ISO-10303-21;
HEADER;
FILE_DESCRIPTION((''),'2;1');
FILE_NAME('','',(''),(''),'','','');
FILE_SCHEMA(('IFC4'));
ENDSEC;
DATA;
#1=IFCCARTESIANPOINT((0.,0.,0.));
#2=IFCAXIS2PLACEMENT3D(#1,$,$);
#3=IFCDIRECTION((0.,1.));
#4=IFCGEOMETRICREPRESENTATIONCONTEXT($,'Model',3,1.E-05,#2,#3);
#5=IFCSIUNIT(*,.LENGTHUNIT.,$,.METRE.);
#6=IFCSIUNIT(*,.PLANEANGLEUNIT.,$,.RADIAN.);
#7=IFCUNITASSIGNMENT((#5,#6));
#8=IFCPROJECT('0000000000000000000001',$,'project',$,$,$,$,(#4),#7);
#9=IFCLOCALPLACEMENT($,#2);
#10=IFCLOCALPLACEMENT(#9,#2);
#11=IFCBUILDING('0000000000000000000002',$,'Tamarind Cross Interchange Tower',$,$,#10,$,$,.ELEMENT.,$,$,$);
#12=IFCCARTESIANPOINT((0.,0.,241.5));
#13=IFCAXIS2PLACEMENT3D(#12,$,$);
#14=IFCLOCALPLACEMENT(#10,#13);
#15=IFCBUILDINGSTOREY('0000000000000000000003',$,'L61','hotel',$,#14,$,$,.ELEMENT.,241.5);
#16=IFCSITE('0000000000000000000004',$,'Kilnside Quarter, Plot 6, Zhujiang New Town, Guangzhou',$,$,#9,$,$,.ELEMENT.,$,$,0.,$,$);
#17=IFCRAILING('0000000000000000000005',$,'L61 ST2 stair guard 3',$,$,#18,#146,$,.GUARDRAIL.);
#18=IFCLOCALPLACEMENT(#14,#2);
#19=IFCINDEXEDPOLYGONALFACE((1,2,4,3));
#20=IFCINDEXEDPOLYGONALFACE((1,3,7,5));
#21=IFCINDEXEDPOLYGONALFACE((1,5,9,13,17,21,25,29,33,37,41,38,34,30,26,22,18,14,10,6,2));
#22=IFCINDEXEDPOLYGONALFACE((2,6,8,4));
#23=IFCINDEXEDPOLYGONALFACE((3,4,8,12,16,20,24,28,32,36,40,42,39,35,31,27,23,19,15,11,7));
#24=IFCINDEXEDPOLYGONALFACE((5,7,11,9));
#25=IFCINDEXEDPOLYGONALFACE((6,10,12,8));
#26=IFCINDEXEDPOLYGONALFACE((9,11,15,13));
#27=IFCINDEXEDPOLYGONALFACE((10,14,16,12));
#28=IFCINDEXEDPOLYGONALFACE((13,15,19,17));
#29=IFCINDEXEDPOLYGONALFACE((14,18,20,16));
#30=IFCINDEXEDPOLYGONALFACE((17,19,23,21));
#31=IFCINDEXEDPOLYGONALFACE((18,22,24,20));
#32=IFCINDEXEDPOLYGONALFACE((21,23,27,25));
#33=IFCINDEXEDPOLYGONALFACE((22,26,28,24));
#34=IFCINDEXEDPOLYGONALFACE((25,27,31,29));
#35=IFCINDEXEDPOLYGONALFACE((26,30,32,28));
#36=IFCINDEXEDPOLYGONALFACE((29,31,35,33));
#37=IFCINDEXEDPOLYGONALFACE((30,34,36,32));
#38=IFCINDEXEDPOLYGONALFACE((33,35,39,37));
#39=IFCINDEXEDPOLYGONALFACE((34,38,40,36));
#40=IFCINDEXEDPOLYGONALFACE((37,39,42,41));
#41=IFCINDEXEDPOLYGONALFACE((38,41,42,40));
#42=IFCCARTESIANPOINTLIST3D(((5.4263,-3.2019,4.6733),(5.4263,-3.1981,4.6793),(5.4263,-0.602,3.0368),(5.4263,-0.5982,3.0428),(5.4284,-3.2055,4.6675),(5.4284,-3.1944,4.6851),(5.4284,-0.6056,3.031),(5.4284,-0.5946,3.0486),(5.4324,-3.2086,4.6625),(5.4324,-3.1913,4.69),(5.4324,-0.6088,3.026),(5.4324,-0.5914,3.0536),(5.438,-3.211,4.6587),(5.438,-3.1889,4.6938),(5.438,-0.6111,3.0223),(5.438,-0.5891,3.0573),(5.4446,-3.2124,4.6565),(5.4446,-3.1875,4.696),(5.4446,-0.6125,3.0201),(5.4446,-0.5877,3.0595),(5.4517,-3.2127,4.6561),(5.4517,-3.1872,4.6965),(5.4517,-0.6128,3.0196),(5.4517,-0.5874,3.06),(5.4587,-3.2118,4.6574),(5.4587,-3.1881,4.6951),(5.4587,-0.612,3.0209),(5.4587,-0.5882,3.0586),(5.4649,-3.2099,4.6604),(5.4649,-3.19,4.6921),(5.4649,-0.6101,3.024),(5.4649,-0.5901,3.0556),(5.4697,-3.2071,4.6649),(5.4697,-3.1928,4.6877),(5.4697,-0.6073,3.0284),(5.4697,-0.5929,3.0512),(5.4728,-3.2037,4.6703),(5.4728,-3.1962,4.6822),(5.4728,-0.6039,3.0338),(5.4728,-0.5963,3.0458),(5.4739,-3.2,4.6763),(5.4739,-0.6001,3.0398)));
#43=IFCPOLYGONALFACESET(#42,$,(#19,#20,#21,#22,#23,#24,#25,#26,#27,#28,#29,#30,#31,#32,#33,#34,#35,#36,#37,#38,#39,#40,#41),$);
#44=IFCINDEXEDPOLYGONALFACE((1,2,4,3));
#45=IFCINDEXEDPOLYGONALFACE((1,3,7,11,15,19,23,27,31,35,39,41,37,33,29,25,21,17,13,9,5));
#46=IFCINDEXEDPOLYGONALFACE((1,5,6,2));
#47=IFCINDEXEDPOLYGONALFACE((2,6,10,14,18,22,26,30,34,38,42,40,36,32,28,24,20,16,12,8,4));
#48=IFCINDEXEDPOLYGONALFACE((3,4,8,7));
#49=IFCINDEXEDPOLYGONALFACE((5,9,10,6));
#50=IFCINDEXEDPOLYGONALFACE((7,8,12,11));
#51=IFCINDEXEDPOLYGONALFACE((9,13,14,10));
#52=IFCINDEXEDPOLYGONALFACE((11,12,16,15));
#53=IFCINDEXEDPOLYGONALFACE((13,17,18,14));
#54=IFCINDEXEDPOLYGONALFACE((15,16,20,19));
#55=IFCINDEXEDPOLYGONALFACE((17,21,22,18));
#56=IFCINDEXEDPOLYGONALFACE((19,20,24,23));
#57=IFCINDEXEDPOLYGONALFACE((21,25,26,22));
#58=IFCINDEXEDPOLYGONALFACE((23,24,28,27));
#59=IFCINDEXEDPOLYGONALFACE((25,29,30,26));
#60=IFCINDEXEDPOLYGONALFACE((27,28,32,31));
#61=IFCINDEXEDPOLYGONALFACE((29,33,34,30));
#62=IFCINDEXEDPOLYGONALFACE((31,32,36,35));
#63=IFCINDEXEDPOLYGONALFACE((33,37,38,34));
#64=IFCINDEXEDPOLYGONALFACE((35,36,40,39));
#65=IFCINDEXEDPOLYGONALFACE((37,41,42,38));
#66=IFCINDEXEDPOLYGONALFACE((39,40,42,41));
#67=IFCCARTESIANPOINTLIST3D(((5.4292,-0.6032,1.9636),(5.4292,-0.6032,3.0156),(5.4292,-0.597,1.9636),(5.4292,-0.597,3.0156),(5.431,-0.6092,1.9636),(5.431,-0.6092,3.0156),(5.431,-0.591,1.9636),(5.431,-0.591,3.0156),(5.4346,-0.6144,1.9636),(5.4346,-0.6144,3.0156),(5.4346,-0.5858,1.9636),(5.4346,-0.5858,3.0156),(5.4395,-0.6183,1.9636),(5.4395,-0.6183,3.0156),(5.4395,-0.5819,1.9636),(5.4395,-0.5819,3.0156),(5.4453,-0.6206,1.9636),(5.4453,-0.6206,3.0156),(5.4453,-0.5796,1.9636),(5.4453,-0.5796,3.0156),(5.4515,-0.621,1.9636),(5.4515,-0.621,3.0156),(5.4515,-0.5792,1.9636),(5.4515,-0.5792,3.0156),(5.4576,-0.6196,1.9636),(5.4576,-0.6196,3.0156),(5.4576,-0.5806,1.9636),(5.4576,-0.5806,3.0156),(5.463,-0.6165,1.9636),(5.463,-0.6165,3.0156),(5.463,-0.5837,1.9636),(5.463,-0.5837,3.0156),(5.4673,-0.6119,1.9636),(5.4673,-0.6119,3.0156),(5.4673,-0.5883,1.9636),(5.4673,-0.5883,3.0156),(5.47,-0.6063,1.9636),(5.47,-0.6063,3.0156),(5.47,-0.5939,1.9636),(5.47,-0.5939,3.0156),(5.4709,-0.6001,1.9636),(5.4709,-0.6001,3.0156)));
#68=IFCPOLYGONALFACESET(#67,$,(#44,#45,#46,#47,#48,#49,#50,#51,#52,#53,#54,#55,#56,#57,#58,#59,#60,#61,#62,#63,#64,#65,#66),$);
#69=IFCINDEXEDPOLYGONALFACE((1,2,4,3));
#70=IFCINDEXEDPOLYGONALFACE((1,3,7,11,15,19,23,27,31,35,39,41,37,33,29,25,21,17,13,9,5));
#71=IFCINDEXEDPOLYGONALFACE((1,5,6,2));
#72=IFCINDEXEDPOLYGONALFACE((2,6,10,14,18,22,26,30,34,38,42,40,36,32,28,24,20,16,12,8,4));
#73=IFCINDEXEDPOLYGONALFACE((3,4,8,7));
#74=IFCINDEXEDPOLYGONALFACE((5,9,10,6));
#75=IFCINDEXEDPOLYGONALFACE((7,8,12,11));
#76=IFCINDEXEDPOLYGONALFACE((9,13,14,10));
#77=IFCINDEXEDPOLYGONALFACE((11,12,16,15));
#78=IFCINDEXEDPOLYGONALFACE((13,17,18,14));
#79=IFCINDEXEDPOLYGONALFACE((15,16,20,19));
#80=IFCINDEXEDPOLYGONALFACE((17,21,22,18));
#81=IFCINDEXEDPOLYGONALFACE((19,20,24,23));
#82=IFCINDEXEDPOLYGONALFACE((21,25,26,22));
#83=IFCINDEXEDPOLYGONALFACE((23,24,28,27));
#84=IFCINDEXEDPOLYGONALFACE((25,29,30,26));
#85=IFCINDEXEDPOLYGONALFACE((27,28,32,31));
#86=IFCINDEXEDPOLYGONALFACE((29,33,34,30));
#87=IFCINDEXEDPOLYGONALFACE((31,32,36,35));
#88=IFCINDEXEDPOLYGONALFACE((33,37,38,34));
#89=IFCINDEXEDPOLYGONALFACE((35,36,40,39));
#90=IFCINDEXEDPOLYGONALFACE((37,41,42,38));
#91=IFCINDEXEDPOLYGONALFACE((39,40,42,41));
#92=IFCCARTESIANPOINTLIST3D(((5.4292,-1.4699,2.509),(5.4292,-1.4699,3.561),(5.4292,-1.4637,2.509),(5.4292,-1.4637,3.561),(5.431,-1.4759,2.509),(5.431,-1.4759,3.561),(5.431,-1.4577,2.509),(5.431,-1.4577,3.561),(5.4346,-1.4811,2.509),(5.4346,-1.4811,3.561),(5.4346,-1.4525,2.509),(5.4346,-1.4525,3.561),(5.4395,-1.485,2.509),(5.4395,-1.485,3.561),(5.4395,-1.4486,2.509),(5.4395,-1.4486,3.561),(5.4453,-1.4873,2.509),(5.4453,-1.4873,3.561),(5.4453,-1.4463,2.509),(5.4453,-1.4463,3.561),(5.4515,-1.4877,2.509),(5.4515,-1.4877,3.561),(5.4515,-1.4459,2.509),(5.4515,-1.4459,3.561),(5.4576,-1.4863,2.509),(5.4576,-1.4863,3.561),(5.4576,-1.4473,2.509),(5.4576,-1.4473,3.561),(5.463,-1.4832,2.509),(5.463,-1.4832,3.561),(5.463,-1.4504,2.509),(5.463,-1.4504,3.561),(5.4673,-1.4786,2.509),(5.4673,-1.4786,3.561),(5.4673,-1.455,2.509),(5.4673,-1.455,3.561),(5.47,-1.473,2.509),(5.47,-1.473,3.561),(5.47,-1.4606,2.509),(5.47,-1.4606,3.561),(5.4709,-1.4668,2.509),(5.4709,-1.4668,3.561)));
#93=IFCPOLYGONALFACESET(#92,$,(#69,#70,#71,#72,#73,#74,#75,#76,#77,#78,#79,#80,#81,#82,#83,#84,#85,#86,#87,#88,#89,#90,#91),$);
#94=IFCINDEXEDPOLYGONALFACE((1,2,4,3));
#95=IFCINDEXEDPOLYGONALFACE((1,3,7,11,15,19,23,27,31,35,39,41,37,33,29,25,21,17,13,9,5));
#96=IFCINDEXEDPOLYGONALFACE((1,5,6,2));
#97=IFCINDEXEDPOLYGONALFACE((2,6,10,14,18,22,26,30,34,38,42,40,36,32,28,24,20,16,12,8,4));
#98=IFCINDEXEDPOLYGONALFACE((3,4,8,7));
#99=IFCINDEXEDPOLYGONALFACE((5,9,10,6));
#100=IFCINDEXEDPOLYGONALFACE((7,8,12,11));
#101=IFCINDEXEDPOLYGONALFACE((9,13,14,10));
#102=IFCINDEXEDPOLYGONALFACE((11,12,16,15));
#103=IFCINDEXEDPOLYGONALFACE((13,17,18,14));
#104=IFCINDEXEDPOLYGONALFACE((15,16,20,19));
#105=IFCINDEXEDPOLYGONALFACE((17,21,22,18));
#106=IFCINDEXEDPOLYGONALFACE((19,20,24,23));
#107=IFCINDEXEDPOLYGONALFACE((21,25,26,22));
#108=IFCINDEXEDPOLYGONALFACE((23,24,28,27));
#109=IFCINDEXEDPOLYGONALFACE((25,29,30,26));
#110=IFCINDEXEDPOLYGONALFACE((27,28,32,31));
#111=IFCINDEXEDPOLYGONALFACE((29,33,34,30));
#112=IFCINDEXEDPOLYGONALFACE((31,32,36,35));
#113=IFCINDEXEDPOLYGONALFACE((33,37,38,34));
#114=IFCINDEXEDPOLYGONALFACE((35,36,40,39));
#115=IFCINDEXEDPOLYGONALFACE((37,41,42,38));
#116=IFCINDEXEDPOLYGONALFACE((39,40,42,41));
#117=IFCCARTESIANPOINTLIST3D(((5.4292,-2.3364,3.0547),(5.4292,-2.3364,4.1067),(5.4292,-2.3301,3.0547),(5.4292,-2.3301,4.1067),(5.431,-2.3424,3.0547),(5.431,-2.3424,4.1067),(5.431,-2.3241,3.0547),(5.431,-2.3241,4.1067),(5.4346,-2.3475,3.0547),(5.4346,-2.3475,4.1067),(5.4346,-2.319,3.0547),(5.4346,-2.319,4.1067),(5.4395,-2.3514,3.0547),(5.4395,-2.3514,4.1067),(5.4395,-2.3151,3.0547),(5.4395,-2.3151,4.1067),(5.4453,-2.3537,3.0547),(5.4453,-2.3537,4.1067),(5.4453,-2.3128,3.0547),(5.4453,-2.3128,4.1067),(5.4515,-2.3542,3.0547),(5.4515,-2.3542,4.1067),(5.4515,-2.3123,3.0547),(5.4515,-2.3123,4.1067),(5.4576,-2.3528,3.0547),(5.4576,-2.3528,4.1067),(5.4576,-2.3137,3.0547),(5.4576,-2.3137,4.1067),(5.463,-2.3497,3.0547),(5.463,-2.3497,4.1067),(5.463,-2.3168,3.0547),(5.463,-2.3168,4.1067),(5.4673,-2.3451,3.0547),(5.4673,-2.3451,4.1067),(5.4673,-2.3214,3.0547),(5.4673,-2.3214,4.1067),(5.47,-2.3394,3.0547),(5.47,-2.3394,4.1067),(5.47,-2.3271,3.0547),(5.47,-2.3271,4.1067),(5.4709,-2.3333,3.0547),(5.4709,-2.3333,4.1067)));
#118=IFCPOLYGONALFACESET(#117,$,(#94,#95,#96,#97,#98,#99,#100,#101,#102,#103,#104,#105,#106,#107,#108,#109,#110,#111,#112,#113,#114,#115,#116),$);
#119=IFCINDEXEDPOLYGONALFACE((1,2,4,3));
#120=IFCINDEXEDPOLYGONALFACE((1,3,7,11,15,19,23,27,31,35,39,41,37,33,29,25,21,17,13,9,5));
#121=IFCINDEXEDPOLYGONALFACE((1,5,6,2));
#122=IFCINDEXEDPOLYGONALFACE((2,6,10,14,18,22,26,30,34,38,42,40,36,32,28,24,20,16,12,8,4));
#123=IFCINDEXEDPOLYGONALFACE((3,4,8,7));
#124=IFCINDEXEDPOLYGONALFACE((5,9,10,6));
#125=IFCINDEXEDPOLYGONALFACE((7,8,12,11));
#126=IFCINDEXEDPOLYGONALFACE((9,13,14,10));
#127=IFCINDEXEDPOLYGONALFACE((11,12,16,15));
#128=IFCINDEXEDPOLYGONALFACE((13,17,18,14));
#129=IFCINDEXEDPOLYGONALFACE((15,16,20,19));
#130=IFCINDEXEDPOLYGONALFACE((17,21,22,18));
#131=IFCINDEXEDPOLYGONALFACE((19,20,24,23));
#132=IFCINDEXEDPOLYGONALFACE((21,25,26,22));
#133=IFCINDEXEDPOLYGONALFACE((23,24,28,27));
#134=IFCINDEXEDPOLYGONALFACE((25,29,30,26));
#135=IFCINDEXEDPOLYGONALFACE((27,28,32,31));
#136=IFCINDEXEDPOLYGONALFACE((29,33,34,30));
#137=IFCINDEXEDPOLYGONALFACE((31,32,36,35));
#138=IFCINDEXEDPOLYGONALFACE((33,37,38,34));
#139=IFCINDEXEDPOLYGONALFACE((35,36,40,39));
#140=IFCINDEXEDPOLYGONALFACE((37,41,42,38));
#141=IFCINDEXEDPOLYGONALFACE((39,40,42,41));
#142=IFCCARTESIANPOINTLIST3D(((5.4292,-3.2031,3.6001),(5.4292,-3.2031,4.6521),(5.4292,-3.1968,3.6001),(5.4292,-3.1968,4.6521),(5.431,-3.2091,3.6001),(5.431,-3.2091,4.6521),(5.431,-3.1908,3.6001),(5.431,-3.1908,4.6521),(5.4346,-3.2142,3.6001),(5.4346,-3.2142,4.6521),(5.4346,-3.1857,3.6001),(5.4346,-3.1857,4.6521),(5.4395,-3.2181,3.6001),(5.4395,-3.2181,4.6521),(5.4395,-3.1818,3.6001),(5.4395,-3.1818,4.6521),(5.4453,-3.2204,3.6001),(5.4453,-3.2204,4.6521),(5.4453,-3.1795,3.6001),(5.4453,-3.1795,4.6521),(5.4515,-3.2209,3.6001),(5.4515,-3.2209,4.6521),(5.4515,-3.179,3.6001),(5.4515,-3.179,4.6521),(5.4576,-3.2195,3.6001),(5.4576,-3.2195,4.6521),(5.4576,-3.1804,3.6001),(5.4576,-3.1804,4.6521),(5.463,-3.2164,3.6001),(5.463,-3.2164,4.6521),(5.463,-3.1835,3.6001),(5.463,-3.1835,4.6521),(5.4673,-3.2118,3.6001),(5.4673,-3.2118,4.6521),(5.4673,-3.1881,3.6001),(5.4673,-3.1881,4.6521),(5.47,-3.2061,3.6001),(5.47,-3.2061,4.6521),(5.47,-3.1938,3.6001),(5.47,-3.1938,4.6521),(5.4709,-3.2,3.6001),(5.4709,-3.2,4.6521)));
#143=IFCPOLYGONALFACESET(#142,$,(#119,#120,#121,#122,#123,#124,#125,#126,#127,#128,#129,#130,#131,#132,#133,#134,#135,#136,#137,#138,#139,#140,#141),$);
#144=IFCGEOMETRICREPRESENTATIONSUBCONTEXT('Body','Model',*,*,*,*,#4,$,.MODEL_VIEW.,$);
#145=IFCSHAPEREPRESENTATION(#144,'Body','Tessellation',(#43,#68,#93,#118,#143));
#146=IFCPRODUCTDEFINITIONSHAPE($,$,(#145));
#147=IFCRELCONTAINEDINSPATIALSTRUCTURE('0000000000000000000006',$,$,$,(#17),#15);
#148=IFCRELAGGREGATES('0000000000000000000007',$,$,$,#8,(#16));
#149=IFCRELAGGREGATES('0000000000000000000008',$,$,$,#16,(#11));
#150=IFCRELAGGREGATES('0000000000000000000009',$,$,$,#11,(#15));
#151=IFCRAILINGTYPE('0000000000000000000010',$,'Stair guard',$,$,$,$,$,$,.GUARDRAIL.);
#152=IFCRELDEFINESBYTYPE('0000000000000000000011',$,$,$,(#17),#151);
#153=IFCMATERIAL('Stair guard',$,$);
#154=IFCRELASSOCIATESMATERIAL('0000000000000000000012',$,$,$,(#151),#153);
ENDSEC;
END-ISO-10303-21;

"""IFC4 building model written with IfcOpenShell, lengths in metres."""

from ifc_helpers import new_model, si_unit, direction, frame, origin, origin_2d, place, context, subcontext, project, spatial, circle, extrude, material, type_object, element, save


model = new_model("IFC4")

# Units and contexts
model_context = context("Model", 3, precision=1e-05, world=origin(), true_north=direction((0.0, 1.0)))
body_context = subcontext(model_context, "Body", "Model", "MODEL_VIEW")
ifc_project = project(units=[si_unit("LENGTHUNIT", "METRE"), si_unit("PLANEANGLEUNIT", "RADIAN")], contexts=[model_context])

# Site, building, storey
site_placement = place(None, origin())
site = spatial("IfcSite", under=ifc_project, at=site_placement, Name="Kilnside Quarter, Plot 6, Zhujiang New Town, Guangzhou", CompositionType="ELEMENT", RefElevation=0.0)
building_placement = place(site_placement, origin())
building = spatial("IfcBuilding", under=site, at=building_placement, Name="Tamarind Cross Interchange Tower", CompositionType="ELEMENT")
storey_placement = place(building_placement, frame((0.0, 0.0, 241.5)))
storey = spatial("IfcBuildingStorey", under=building, at=storey_placement, Name="L61", Description="hotel", CompositionType="ELEMENT", Elevation=241.5)

# Railing
ifc_material_1 = material(Name="Stair guard")
railing_type_1 = type_object("IfcRailingType", Name="Stair guard", PredefinedType="GUARDRAIL", material=ifc_material_1)
railing_1_placement = place(storey_placement, frame((5.45, -0.6001, 1.9636)))
element("IfcRailing", 1, at=railing_1_placement, inside=storey, type_object=railing_type_1, Name="L61 ST2 stair guard 3", PredefinedType="GUARDRAIL", context=body_context, shape_type="SweptSolid", body=[
    extrude(circle(Radius=0.0239, at=origin_2d()), frame((0.0, 0.0, 1.0762), z_axis=(0.0, -0.846302, 0.532704), x_axis=(1.0, 0.0, 0.0)), (0.0, 0.0, 1.0), 3.072),
    extrude(circle(Radius=0.021, at=origin_2d()), origin(), (0.0, 0.0, 1.0), 1.052),
    extrude(circle(Radius=0.021, at=origin_2d()), frame((0.0, -0.8667, 0.5454)), (0.0, 0.0, 1.0), 1.052),
    extrude(circle(Radius=0.021, at=origin_2d()), frame((0.0, -1.7332, 1.0911)), (0.0, 0.0, 1.0), 1.052),
    extrude(circle(Radius=0.021, at=origin_2d()), frame((0.0, -2.5999, 1.6365)), (0.0, 0.0, 1.0), 1.052),
])

save(model, "model.ifc")
